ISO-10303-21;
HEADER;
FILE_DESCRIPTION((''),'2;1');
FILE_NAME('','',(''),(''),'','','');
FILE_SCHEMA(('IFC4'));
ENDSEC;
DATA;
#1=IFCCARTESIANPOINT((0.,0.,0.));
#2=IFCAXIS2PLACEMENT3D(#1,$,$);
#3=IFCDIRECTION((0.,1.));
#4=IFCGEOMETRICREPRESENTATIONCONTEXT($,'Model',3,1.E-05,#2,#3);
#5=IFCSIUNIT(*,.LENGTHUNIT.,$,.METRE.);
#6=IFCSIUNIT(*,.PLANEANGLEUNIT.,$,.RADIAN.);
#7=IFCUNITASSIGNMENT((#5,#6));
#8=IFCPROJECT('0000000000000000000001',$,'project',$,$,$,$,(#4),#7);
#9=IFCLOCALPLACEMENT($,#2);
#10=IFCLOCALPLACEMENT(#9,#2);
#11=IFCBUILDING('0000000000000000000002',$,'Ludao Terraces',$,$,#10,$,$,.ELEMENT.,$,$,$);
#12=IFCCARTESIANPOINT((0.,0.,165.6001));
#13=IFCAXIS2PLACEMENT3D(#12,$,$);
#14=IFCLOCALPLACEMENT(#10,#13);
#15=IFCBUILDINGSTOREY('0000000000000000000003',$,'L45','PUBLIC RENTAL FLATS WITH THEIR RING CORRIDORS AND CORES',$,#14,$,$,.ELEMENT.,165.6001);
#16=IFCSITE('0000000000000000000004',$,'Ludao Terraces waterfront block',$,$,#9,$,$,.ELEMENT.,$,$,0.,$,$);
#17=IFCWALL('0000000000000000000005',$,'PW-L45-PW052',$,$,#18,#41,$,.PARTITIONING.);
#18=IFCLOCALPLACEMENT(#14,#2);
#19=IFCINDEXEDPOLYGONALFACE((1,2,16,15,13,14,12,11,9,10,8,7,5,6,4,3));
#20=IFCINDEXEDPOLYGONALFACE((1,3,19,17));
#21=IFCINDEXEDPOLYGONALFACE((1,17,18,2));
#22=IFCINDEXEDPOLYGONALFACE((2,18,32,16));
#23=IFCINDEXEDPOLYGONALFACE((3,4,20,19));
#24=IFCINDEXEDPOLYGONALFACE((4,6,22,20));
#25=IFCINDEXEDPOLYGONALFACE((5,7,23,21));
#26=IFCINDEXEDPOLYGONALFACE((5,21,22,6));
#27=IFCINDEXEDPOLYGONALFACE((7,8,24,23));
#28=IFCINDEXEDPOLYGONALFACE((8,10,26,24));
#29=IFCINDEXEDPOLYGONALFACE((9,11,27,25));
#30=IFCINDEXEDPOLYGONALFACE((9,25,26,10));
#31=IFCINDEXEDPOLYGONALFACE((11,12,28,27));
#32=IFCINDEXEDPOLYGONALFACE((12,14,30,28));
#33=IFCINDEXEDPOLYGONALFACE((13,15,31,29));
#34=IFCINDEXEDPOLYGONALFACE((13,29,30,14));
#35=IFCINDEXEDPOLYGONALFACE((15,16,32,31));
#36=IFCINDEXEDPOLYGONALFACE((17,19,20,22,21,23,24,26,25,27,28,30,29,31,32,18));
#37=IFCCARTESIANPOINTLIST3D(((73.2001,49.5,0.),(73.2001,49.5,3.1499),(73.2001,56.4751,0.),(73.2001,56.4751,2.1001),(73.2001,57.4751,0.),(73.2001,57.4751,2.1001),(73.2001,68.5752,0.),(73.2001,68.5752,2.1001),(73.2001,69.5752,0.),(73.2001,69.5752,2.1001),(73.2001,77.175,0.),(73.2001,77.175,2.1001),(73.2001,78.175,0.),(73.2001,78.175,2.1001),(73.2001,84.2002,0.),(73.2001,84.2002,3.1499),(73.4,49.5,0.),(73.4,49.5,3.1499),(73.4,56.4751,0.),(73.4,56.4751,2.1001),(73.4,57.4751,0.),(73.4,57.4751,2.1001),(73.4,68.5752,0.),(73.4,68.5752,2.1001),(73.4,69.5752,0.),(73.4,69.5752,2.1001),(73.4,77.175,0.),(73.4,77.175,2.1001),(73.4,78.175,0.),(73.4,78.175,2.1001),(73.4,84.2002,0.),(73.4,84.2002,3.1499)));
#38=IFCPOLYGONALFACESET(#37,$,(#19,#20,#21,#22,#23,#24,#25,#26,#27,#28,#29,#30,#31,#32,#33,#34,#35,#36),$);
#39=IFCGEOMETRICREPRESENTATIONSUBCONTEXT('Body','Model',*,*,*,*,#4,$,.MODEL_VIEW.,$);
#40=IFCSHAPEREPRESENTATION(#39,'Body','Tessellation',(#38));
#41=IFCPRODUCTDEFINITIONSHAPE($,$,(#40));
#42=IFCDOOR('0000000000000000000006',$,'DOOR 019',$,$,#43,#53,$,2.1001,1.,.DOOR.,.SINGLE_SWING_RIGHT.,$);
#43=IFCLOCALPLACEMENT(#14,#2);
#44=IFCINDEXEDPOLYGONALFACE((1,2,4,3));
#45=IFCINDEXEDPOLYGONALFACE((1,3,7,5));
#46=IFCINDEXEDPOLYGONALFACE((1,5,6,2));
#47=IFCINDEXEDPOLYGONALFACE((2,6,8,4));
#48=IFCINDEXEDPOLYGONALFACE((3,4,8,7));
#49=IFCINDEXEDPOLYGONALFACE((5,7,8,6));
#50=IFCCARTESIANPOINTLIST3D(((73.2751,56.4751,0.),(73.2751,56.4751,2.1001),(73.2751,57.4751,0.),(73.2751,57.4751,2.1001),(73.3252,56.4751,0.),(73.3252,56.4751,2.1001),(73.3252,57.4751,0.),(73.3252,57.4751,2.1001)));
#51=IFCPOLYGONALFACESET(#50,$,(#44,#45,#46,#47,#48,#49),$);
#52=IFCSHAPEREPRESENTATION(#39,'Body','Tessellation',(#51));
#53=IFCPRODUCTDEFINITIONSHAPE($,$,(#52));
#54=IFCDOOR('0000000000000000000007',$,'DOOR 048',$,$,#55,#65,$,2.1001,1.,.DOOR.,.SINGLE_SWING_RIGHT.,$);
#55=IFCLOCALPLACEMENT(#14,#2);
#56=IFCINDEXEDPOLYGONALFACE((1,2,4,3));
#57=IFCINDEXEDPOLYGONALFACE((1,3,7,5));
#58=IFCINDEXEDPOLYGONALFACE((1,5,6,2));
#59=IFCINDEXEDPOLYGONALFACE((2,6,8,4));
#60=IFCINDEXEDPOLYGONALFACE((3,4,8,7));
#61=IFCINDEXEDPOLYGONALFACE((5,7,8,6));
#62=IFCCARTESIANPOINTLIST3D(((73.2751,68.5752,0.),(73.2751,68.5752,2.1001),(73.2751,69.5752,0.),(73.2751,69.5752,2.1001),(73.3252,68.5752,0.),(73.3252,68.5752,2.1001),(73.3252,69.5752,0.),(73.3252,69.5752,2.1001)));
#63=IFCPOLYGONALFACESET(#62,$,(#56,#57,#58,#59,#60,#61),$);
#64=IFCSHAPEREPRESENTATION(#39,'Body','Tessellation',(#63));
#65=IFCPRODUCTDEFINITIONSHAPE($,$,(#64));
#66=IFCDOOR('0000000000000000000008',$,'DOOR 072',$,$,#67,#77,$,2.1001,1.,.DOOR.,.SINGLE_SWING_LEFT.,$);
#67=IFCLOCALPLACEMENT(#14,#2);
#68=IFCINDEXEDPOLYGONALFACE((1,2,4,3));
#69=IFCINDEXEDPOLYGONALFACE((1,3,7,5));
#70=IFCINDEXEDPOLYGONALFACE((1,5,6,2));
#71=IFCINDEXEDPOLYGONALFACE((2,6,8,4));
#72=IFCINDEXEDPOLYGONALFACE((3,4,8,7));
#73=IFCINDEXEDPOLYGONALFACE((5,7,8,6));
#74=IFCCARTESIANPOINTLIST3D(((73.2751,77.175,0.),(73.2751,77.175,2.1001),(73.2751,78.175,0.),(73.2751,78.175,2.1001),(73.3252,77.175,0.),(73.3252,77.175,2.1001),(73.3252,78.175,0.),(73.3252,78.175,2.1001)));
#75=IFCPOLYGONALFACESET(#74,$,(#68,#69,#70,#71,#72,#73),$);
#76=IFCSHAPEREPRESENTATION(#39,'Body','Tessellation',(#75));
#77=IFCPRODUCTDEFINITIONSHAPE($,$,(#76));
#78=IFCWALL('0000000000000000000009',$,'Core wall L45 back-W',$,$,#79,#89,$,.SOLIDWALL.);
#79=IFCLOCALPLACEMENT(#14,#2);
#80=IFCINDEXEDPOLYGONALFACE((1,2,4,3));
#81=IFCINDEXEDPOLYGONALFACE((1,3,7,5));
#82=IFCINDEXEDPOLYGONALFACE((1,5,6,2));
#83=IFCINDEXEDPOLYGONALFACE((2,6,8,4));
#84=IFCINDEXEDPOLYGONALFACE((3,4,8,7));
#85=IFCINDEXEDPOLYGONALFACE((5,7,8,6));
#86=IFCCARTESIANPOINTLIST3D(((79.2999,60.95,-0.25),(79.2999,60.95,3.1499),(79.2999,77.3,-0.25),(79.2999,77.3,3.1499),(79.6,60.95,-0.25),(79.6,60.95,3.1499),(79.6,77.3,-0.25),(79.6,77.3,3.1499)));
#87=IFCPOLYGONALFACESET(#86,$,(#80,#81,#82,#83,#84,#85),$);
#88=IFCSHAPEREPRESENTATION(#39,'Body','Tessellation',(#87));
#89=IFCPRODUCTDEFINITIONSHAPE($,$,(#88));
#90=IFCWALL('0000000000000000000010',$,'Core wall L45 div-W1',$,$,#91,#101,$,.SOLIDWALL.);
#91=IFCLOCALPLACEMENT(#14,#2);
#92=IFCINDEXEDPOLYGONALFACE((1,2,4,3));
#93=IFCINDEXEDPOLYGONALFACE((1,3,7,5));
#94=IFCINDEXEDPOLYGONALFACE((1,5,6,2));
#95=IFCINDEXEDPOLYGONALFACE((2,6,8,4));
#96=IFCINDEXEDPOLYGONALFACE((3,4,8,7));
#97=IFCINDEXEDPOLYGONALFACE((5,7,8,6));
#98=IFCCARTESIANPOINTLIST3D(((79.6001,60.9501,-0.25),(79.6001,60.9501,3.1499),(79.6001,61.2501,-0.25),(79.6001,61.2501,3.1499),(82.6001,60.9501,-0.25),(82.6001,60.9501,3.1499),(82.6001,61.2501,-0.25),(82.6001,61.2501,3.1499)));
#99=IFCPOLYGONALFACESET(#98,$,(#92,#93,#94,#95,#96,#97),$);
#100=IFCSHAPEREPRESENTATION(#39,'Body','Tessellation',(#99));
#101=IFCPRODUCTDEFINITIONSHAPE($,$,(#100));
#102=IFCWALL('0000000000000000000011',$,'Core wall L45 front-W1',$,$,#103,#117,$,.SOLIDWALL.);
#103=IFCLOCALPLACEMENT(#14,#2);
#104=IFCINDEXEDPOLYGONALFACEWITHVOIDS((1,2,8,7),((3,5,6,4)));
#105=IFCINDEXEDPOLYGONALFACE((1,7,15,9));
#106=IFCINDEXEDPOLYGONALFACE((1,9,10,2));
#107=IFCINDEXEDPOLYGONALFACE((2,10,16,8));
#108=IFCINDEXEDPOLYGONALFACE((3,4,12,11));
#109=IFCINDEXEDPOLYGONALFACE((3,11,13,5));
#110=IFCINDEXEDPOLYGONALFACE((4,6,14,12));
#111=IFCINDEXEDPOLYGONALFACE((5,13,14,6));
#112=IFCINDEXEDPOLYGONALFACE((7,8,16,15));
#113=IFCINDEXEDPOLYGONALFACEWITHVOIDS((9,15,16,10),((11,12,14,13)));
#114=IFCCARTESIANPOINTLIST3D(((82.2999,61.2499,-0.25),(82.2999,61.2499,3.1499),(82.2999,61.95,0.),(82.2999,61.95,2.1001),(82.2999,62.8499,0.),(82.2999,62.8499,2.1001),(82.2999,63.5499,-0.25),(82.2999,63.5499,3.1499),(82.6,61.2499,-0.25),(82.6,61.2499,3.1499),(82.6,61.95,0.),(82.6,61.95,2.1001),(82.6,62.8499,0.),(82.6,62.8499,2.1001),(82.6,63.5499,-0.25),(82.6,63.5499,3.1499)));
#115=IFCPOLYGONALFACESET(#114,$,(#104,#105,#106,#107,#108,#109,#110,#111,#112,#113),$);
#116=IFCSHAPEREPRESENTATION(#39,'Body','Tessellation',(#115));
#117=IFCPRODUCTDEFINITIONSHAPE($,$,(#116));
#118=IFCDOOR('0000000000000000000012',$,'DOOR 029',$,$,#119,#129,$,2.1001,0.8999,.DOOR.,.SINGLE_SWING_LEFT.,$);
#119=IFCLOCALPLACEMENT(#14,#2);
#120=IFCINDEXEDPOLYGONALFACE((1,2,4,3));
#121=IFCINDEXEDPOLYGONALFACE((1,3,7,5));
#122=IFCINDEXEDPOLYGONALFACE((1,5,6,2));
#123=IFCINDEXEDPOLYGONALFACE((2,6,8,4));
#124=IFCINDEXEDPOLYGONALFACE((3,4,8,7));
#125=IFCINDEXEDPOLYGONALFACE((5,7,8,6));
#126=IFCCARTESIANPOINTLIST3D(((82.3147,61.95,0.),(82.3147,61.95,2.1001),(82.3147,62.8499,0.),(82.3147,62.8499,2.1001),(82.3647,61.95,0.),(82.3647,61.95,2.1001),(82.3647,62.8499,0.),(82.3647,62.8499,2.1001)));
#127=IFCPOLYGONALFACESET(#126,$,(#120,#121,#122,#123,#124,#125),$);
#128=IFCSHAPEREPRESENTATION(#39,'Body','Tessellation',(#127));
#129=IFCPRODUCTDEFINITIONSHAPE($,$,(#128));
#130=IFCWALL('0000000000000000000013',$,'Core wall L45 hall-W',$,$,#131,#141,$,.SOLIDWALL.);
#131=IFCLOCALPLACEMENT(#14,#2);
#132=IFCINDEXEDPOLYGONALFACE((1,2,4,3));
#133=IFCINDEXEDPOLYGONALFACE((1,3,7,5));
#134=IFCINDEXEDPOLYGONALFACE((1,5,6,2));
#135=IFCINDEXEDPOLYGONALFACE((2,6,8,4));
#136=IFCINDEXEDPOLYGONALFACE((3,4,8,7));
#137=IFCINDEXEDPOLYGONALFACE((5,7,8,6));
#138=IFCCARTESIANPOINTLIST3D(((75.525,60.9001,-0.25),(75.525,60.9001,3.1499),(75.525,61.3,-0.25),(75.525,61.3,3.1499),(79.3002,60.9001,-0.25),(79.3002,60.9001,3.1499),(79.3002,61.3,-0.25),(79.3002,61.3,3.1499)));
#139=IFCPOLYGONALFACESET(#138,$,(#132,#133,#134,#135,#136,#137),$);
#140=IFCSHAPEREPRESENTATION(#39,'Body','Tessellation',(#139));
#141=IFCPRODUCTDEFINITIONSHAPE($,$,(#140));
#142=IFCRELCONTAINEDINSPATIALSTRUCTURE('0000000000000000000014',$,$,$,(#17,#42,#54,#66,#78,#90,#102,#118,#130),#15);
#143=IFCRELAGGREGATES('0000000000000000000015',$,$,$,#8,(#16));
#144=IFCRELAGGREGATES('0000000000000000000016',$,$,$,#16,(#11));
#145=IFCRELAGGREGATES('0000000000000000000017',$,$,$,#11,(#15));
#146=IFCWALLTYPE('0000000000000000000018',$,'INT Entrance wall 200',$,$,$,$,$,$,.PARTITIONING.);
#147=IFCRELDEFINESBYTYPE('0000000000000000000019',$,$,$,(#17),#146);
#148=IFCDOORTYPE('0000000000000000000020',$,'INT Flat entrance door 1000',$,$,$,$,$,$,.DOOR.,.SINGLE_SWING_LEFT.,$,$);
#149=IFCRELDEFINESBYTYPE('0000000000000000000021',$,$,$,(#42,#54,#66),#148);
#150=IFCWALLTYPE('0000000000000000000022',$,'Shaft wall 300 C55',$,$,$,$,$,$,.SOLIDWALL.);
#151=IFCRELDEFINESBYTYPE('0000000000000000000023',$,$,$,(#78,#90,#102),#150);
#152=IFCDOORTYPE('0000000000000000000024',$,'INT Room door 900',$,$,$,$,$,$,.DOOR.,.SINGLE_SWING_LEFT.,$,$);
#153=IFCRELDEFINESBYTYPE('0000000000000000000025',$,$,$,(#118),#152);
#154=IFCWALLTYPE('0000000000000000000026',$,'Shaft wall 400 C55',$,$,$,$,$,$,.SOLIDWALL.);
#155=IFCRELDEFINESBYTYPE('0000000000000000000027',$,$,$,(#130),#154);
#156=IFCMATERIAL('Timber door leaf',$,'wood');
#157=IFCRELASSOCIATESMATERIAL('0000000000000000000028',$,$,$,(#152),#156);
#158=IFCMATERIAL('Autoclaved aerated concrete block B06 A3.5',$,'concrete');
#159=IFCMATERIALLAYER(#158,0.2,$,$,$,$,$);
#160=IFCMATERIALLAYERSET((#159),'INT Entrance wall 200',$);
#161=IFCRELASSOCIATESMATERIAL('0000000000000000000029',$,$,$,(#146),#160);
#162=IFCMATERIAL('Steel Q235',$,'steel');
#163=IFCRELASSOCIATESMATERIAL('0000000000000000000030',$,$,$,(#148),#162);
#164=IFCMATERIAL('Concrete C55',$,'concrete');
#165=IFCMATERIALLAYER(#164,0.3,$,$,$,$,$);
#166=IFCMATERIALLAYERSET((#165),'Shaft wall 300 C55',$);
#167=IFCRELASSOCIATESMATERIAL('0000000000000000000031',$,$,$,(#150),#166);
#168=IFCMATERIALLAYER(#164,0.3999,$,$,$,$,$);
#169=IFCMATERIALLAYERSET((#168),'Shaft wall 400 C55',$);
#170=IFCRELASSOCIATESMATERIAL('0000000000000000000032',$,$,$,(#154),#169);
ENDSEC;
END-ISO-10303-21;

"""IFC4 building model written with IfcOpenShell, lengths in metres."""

from ifc_helpers import new_model, si_unit, direction, frame, frame_2d, origin, place, context, subcontext, project, spatial, rectangle, extrude, material, layer, layer_set, type_object, element, fill, save


model = new_model("IFC4")

# Units and contexts
model_context = context("Model", 3, precision=1e-05, world=origin(), true_north=direction((0.0, 1.0)))
body_context = subcontext(model_context, "Body", "Model", "MODEL_VIEW")
ifc_project = project(units=[si_unit("LENGTHUNIT", "METRE"), si_unit("PLANEANGLEUNIT", "RADIAN")], contexts=[model_context])

# Site, building, storey
site_placement = place(None, origin())
site = spatial("IfcSite", under=ifc_project, at=site_placement, Name="Ludao Terraces waterfront block", CompositionType="ELEMENT", RefElevation=0.0)
building_placement = place(site_placement, origin())
building = spatial("IfcBuilding", under=site, at=building_placement, Name="Ludao Terraces", CompositionType="ELEMENT")
storey_placement = place(building_placement, frame((0.0, 0.0, 165.6001)))
storey = spatial("IfcBuildingStorey", under=building, at=storey_placement, Name="L45", Description="PUBLIC RENTAL FLATS WITH THEIR RING CORRIDORS AND CORES", CompositionType="ELEMENT", Elevation=165.6001)

# Shared definitions
ifc_material_1 = material(Name="Steel Q235", Category="steel")
ifc_material_2 = material(Name="Timber door leaf", Category="wood")
door_type_1 = type_object("IfcDoorType", Name="INT Room door 900", OperationType="SINGLE_SWING_LEFT", PredefinedType="DOOR", material=ifc_material_2)

# Wall, openings, doors
ifc_material_3 = material(Name="Autoclaved aerated concrete block B06 A3.5", Category="concrete")
ifc_layer_1 = layer(ifc_material_3, 0.2)
ifc_layer_set_1 = layer_set([ifc_layer_1], Name="INT Entrance wall 200")
wall_type_1 = type_object("IfcWallType", Name="INT Entrance wall 200", PredefinedType="PARTITIONING", material=ifc_layer_set_1)
wall_1_placement = place(storey_placement, frame((73.3, 49.5, 0.0), z_axis=(0.0, 0.0, 1.0), x_axis=(0.0, 1.0, 0.0)))
wall_1 = element("IfcWall", 1, at=wall_1_placement, inside=storey, type_object=wall_type_1, Name="PW-L45-PW052", PredefinedType="PARTITIONING", context=body_context, shape_type="SweptSolid", body=[
    extrude(rectangle(XDim=34.7002, YDim=0.2, at=frame_2d((17.3501, 0.0))), origin(), (0.0, 0.0, 1.0), 3.1499),
])
opening_1_placement = place(wall_1_placement, frame((6.9751, 0.0, 0.0)))
opening_1 = element("IfcOpeningElement", 2, at=opening_1_placement, cuts=wall_1, PredefinedType="OPENING", context=body_context, shape_type="SweptSolid", body=[
    extrude(rectangle(XDim=1.0, YDim=2.1001, at=frame_2d((0.5, 1.05))), frame((0.0, 0.1099, 0.0), z_axis=(0.0, -1.0, 0.0), x_axis=(1.0, 0.0, 0.0)), (0.0, 0.0, 1.0), 0.22),
])
opening_2_placement = place(wall_1_placement, frame((19.0752, 0.0, 0.0)))
opening_2 = element("IfcOpeningElement", 3, at=opening_2_placement, cuts=wall_1, PredefinedType="OPENING", context=body_context, shape_type="SweptSolid", body=[
    extrude(rectangle(XDim=1.0, YDim=2.1001, at=frame_2d((0.5, 1.05))), frame((0.0, 0.1099, 0.0), z_axis=(0.0, -1.0, 0.0), x_axis=(1.0, 0.0, 0.0)), (0.0, 0.0, 1.0), 0.22),
])
opening_3_placement = place(wall_1_placement, frame((27.675, 0.0, 0.0)))
opening_3 = element("IfcOpeningElement", 4, at=opening_3_placement, cuts=wall_1, PredefinedType="OPENING", context=body_context, shape_type="SweptSolid", body=[
    extrude(rectangle(XDim=1.0, YDim=2.1001, at=frame_2d((0.5, 1.05))), frame((0.0, 0.1099, 0.0), z_axis=(0.0, -1.0, 0.0), x_axis=(1.0, 0.0, 0.0)), (0.0, 0.0, 1.0), 0.22),
])
door_type_2 = type_object("IfcDoorType", Name="INT Flat entrance door 1000", OperationType="SINGLE_SWING_LEFT", PredefinedType="DOOR", material=ifc_material_1)
door_1_placement = place(opening_1_placement, origin())
door_1 = element("IfcDoor", 5, at=door_1_placement, inside=storey, type_object=door_type_2, Name="DOOR 019", OperationType="SINGLE_SWING_RIGHT", OverallHeight=2.1001, OverallWidth=1.0, PredefinedType="DOOR", context=body_context, shape_type="SweptSolid", body=[
    extrude(rectangle(XDim=1.0, YDim=2.1001, at=frame_2d((0.5, 1.05))), frame((0.0, 0.0249, 0.0), z_axis=(0.0, -1.0, 0.0), x_axis=(1.0, 0.0, 0.0)), (0.0, 0.0, 1.0), 0.05),
])
fill(opening_1, door_1)
door_2_placement = place(opening_2_placement, origin())
door_2 = element("IfcDoor", 6, at=door_2_placement, inside=storey, type_object=door_type_2, Name="DOOR 048", OperationType="SINGLE_SWING_RIGHT", OverallHeight=2.1001, OverallWidth=1.0, PredefinedType="DOOR", context=body_context, shape_type="SweptSolid", body=[
    extrude(rectangle(XDim=1.0, YDim=2.1001, at=frame_2d((0.5, 1.05))), frame((0.0, 0.0249, 0.0), z_axis=(0.0, -1.0, 0.0), x_axis=(1.0, 0.0, 0.0)), (0.0, 0.0, 1.0), 0.05),
])
fill(opening_2, door_2)
door_3_placement = place(opening_3_placement, origin())
door_3 = element("IfcDoor", 7, at=door_3_placement, inside=storey, type_object=door_type_2, Name="DOOR 072", OperationType="SINGLE_SWING_LEFT", OverallHeight=2.1001, OverallWidth=1.0, PredefinedType="DOOR", context=body_context, shape_type="SweptSolid", body=[
    extrude(rectangle(XDim=1.0, YDim=2.1001, at=frame_2d((0.5, 1.05))), frame((0.0, 0.0249, 0.0), z_axis=(0.0, -1.0, 0.0), x_axis=(1.0, 0.0, 0.0)), (0.0, 0.0, 1.0), 0.05),
])
fill(opening_3, door_3)

# Walls
ifc_material_4 = material(Name="Concrete C55", Category="concrete")
ifc_layer_2 = layer(ifc_material_4, 0.3)
ifc_layer_set_2 = layer_set([ifc_layer_2], Name="Shaft wall 300 C55")
wall_type_2 = type_object("IfcWallType", Name="Shaft wall 300 C55", PredefinedType="SOLIDWALL", material=ifc_layer_set_2)
wall_2_placement = place(storey_placement, frame((79.45, 60.95, -0.25), z_axis=(0.0, 0.0, 1.0), x_axis=(0.0, 1.0, 0.0)))
element("IfcWall", 8, at=wall_2_placement, inside=storey, type_object=wall_type_2, Name="Core wall L45 back-W", PredefinedType="SOLIDWALL", context=body_context, shape_type="SweptSolid", body=[
    extrude(rectangle(XDim=16.3501, YDim=0.3, at=frame_2d((8.175, 0.0))), origin(), (0.0, 0.0, 1.0), 3.3999),
])
wall_3_placement = place(storey_placement, frame((79.6001, 61.1001, -0.25), z_axis=(0.0, 0.0, 1.0), x_axis=(1.0, 0.0, 0.0)))
element("IfcWall", 9, at=wall_3_placement, inside=storey, type_object=wall_type_2, Name="Core wall L45 div-W1", PredefinedType="SOLIDWALL", context=body_context, shape_type="SweptSolid", body=[
    extrude(rectangle(XDim=3.0, YDim=0.3, at=frame_2d((1.5, 0.0))), origin(), (0.0, 0.0, 1.0), 3.3999),
])

# Wall, opening, door
wall_4_placement = place(storey_placement, frame((82.45, 61.25, -0.25), z_axis=(0.0, 0.0, 1.0), x_axis=(0.0, 1.0, 0.0)))
wall_4 = element("IfcWall", 10, at=wall_4_placement, inside=storey, type_object=wall_type_2, Name="Core wall L45 front-W1", PredefinedType="SOLIDWALL", context=body_context, shape_type="SweptSolid", body=[
    extrude(rectangle(XDim=2.3, YDim=0.3, at=frame_2d((1.1499, 0.0))), origin(), (0.0, 0.0, 1.0), 3.3999),
])
opening_4_placement = place(wall_4_placement, frame((0.7, 0.0, 0.25)))
opening_4 = element("IfcOpeningElement", 11, at=opening_4_placement, cuts=wall_4, PredefinedType="OPENING", context=body_context, shape_type="SweptSolid", body=[
    extrude(rectangle(XDim=0.8999, YDim=2.1001, at=frame_2d((0.45, 1.05))), frame((0.0, 0.1602, 0.0), z_axis=(0.0, -1.0, 0.0), x_axis=(1.0, 0.0, 0.0)), (0.0, 0.0, 1.0), 0.3201),
])
door_4_placement = place(opening_4_placement, origin())
door_4 = element("IfcDoor", 12, at=door_4_placement, inside=storey, type_object=door_type_1, Name="DOOR 029", OperationType="SINGLE_SWING_LEFT", OverallHeight=2.1001, OverallWidth=0.8999, PredefinedType="DOOR", context=body_context, shape_type="SweptSolid", body=[
    extrude(rectangle(XDim=0.8999, YDim=2.1001, at=frame_2d((0.45, 1.05))), frame((0.0, 0.1353, 0.0), z_axis=(0.0, -1.0, 0.0), x_axis=(1.0, 0.0, 0.0)), (0.0, 0.0, 1.0), 0.05),
])
fill(opening_4, door_4)

# Wall
ifc_layer_3 = layer(ifc_material_4, 0.3999)
ifc_layer_set_3 = layer_set([ifc_layer_3], Name="Shaft wall 400 C55")
wall_type_3 = type_object("IfcWallType", Name="Shaft wall 400 C55", PredefinedType="SOLIDWALL", material=ifc_layer_set_3)
wall_5_placement = place(storey_placement, frame((75.5249, 61.1001, -0.25), z_axis=(0.0, 0.0, 1.0), x_axis=(1.0, 0.0, 0.0)))
element("IfcWall", 13, at=wall_5_placement, inside=storey, type_object=wall_type_3, Name="Core wall L45 hall-W", PredefinedType="SOLIDWALL", context=body_context, shape_type="SweptSolid", body=[
    extrude(rectangle(XDim=3.7751, YDim=0.3999, at=frame_2d((1.8877, 0.0))), origin(), (0.0, 0.0, 1.0), 3.3999),
])

save(model, "model.ifc")
